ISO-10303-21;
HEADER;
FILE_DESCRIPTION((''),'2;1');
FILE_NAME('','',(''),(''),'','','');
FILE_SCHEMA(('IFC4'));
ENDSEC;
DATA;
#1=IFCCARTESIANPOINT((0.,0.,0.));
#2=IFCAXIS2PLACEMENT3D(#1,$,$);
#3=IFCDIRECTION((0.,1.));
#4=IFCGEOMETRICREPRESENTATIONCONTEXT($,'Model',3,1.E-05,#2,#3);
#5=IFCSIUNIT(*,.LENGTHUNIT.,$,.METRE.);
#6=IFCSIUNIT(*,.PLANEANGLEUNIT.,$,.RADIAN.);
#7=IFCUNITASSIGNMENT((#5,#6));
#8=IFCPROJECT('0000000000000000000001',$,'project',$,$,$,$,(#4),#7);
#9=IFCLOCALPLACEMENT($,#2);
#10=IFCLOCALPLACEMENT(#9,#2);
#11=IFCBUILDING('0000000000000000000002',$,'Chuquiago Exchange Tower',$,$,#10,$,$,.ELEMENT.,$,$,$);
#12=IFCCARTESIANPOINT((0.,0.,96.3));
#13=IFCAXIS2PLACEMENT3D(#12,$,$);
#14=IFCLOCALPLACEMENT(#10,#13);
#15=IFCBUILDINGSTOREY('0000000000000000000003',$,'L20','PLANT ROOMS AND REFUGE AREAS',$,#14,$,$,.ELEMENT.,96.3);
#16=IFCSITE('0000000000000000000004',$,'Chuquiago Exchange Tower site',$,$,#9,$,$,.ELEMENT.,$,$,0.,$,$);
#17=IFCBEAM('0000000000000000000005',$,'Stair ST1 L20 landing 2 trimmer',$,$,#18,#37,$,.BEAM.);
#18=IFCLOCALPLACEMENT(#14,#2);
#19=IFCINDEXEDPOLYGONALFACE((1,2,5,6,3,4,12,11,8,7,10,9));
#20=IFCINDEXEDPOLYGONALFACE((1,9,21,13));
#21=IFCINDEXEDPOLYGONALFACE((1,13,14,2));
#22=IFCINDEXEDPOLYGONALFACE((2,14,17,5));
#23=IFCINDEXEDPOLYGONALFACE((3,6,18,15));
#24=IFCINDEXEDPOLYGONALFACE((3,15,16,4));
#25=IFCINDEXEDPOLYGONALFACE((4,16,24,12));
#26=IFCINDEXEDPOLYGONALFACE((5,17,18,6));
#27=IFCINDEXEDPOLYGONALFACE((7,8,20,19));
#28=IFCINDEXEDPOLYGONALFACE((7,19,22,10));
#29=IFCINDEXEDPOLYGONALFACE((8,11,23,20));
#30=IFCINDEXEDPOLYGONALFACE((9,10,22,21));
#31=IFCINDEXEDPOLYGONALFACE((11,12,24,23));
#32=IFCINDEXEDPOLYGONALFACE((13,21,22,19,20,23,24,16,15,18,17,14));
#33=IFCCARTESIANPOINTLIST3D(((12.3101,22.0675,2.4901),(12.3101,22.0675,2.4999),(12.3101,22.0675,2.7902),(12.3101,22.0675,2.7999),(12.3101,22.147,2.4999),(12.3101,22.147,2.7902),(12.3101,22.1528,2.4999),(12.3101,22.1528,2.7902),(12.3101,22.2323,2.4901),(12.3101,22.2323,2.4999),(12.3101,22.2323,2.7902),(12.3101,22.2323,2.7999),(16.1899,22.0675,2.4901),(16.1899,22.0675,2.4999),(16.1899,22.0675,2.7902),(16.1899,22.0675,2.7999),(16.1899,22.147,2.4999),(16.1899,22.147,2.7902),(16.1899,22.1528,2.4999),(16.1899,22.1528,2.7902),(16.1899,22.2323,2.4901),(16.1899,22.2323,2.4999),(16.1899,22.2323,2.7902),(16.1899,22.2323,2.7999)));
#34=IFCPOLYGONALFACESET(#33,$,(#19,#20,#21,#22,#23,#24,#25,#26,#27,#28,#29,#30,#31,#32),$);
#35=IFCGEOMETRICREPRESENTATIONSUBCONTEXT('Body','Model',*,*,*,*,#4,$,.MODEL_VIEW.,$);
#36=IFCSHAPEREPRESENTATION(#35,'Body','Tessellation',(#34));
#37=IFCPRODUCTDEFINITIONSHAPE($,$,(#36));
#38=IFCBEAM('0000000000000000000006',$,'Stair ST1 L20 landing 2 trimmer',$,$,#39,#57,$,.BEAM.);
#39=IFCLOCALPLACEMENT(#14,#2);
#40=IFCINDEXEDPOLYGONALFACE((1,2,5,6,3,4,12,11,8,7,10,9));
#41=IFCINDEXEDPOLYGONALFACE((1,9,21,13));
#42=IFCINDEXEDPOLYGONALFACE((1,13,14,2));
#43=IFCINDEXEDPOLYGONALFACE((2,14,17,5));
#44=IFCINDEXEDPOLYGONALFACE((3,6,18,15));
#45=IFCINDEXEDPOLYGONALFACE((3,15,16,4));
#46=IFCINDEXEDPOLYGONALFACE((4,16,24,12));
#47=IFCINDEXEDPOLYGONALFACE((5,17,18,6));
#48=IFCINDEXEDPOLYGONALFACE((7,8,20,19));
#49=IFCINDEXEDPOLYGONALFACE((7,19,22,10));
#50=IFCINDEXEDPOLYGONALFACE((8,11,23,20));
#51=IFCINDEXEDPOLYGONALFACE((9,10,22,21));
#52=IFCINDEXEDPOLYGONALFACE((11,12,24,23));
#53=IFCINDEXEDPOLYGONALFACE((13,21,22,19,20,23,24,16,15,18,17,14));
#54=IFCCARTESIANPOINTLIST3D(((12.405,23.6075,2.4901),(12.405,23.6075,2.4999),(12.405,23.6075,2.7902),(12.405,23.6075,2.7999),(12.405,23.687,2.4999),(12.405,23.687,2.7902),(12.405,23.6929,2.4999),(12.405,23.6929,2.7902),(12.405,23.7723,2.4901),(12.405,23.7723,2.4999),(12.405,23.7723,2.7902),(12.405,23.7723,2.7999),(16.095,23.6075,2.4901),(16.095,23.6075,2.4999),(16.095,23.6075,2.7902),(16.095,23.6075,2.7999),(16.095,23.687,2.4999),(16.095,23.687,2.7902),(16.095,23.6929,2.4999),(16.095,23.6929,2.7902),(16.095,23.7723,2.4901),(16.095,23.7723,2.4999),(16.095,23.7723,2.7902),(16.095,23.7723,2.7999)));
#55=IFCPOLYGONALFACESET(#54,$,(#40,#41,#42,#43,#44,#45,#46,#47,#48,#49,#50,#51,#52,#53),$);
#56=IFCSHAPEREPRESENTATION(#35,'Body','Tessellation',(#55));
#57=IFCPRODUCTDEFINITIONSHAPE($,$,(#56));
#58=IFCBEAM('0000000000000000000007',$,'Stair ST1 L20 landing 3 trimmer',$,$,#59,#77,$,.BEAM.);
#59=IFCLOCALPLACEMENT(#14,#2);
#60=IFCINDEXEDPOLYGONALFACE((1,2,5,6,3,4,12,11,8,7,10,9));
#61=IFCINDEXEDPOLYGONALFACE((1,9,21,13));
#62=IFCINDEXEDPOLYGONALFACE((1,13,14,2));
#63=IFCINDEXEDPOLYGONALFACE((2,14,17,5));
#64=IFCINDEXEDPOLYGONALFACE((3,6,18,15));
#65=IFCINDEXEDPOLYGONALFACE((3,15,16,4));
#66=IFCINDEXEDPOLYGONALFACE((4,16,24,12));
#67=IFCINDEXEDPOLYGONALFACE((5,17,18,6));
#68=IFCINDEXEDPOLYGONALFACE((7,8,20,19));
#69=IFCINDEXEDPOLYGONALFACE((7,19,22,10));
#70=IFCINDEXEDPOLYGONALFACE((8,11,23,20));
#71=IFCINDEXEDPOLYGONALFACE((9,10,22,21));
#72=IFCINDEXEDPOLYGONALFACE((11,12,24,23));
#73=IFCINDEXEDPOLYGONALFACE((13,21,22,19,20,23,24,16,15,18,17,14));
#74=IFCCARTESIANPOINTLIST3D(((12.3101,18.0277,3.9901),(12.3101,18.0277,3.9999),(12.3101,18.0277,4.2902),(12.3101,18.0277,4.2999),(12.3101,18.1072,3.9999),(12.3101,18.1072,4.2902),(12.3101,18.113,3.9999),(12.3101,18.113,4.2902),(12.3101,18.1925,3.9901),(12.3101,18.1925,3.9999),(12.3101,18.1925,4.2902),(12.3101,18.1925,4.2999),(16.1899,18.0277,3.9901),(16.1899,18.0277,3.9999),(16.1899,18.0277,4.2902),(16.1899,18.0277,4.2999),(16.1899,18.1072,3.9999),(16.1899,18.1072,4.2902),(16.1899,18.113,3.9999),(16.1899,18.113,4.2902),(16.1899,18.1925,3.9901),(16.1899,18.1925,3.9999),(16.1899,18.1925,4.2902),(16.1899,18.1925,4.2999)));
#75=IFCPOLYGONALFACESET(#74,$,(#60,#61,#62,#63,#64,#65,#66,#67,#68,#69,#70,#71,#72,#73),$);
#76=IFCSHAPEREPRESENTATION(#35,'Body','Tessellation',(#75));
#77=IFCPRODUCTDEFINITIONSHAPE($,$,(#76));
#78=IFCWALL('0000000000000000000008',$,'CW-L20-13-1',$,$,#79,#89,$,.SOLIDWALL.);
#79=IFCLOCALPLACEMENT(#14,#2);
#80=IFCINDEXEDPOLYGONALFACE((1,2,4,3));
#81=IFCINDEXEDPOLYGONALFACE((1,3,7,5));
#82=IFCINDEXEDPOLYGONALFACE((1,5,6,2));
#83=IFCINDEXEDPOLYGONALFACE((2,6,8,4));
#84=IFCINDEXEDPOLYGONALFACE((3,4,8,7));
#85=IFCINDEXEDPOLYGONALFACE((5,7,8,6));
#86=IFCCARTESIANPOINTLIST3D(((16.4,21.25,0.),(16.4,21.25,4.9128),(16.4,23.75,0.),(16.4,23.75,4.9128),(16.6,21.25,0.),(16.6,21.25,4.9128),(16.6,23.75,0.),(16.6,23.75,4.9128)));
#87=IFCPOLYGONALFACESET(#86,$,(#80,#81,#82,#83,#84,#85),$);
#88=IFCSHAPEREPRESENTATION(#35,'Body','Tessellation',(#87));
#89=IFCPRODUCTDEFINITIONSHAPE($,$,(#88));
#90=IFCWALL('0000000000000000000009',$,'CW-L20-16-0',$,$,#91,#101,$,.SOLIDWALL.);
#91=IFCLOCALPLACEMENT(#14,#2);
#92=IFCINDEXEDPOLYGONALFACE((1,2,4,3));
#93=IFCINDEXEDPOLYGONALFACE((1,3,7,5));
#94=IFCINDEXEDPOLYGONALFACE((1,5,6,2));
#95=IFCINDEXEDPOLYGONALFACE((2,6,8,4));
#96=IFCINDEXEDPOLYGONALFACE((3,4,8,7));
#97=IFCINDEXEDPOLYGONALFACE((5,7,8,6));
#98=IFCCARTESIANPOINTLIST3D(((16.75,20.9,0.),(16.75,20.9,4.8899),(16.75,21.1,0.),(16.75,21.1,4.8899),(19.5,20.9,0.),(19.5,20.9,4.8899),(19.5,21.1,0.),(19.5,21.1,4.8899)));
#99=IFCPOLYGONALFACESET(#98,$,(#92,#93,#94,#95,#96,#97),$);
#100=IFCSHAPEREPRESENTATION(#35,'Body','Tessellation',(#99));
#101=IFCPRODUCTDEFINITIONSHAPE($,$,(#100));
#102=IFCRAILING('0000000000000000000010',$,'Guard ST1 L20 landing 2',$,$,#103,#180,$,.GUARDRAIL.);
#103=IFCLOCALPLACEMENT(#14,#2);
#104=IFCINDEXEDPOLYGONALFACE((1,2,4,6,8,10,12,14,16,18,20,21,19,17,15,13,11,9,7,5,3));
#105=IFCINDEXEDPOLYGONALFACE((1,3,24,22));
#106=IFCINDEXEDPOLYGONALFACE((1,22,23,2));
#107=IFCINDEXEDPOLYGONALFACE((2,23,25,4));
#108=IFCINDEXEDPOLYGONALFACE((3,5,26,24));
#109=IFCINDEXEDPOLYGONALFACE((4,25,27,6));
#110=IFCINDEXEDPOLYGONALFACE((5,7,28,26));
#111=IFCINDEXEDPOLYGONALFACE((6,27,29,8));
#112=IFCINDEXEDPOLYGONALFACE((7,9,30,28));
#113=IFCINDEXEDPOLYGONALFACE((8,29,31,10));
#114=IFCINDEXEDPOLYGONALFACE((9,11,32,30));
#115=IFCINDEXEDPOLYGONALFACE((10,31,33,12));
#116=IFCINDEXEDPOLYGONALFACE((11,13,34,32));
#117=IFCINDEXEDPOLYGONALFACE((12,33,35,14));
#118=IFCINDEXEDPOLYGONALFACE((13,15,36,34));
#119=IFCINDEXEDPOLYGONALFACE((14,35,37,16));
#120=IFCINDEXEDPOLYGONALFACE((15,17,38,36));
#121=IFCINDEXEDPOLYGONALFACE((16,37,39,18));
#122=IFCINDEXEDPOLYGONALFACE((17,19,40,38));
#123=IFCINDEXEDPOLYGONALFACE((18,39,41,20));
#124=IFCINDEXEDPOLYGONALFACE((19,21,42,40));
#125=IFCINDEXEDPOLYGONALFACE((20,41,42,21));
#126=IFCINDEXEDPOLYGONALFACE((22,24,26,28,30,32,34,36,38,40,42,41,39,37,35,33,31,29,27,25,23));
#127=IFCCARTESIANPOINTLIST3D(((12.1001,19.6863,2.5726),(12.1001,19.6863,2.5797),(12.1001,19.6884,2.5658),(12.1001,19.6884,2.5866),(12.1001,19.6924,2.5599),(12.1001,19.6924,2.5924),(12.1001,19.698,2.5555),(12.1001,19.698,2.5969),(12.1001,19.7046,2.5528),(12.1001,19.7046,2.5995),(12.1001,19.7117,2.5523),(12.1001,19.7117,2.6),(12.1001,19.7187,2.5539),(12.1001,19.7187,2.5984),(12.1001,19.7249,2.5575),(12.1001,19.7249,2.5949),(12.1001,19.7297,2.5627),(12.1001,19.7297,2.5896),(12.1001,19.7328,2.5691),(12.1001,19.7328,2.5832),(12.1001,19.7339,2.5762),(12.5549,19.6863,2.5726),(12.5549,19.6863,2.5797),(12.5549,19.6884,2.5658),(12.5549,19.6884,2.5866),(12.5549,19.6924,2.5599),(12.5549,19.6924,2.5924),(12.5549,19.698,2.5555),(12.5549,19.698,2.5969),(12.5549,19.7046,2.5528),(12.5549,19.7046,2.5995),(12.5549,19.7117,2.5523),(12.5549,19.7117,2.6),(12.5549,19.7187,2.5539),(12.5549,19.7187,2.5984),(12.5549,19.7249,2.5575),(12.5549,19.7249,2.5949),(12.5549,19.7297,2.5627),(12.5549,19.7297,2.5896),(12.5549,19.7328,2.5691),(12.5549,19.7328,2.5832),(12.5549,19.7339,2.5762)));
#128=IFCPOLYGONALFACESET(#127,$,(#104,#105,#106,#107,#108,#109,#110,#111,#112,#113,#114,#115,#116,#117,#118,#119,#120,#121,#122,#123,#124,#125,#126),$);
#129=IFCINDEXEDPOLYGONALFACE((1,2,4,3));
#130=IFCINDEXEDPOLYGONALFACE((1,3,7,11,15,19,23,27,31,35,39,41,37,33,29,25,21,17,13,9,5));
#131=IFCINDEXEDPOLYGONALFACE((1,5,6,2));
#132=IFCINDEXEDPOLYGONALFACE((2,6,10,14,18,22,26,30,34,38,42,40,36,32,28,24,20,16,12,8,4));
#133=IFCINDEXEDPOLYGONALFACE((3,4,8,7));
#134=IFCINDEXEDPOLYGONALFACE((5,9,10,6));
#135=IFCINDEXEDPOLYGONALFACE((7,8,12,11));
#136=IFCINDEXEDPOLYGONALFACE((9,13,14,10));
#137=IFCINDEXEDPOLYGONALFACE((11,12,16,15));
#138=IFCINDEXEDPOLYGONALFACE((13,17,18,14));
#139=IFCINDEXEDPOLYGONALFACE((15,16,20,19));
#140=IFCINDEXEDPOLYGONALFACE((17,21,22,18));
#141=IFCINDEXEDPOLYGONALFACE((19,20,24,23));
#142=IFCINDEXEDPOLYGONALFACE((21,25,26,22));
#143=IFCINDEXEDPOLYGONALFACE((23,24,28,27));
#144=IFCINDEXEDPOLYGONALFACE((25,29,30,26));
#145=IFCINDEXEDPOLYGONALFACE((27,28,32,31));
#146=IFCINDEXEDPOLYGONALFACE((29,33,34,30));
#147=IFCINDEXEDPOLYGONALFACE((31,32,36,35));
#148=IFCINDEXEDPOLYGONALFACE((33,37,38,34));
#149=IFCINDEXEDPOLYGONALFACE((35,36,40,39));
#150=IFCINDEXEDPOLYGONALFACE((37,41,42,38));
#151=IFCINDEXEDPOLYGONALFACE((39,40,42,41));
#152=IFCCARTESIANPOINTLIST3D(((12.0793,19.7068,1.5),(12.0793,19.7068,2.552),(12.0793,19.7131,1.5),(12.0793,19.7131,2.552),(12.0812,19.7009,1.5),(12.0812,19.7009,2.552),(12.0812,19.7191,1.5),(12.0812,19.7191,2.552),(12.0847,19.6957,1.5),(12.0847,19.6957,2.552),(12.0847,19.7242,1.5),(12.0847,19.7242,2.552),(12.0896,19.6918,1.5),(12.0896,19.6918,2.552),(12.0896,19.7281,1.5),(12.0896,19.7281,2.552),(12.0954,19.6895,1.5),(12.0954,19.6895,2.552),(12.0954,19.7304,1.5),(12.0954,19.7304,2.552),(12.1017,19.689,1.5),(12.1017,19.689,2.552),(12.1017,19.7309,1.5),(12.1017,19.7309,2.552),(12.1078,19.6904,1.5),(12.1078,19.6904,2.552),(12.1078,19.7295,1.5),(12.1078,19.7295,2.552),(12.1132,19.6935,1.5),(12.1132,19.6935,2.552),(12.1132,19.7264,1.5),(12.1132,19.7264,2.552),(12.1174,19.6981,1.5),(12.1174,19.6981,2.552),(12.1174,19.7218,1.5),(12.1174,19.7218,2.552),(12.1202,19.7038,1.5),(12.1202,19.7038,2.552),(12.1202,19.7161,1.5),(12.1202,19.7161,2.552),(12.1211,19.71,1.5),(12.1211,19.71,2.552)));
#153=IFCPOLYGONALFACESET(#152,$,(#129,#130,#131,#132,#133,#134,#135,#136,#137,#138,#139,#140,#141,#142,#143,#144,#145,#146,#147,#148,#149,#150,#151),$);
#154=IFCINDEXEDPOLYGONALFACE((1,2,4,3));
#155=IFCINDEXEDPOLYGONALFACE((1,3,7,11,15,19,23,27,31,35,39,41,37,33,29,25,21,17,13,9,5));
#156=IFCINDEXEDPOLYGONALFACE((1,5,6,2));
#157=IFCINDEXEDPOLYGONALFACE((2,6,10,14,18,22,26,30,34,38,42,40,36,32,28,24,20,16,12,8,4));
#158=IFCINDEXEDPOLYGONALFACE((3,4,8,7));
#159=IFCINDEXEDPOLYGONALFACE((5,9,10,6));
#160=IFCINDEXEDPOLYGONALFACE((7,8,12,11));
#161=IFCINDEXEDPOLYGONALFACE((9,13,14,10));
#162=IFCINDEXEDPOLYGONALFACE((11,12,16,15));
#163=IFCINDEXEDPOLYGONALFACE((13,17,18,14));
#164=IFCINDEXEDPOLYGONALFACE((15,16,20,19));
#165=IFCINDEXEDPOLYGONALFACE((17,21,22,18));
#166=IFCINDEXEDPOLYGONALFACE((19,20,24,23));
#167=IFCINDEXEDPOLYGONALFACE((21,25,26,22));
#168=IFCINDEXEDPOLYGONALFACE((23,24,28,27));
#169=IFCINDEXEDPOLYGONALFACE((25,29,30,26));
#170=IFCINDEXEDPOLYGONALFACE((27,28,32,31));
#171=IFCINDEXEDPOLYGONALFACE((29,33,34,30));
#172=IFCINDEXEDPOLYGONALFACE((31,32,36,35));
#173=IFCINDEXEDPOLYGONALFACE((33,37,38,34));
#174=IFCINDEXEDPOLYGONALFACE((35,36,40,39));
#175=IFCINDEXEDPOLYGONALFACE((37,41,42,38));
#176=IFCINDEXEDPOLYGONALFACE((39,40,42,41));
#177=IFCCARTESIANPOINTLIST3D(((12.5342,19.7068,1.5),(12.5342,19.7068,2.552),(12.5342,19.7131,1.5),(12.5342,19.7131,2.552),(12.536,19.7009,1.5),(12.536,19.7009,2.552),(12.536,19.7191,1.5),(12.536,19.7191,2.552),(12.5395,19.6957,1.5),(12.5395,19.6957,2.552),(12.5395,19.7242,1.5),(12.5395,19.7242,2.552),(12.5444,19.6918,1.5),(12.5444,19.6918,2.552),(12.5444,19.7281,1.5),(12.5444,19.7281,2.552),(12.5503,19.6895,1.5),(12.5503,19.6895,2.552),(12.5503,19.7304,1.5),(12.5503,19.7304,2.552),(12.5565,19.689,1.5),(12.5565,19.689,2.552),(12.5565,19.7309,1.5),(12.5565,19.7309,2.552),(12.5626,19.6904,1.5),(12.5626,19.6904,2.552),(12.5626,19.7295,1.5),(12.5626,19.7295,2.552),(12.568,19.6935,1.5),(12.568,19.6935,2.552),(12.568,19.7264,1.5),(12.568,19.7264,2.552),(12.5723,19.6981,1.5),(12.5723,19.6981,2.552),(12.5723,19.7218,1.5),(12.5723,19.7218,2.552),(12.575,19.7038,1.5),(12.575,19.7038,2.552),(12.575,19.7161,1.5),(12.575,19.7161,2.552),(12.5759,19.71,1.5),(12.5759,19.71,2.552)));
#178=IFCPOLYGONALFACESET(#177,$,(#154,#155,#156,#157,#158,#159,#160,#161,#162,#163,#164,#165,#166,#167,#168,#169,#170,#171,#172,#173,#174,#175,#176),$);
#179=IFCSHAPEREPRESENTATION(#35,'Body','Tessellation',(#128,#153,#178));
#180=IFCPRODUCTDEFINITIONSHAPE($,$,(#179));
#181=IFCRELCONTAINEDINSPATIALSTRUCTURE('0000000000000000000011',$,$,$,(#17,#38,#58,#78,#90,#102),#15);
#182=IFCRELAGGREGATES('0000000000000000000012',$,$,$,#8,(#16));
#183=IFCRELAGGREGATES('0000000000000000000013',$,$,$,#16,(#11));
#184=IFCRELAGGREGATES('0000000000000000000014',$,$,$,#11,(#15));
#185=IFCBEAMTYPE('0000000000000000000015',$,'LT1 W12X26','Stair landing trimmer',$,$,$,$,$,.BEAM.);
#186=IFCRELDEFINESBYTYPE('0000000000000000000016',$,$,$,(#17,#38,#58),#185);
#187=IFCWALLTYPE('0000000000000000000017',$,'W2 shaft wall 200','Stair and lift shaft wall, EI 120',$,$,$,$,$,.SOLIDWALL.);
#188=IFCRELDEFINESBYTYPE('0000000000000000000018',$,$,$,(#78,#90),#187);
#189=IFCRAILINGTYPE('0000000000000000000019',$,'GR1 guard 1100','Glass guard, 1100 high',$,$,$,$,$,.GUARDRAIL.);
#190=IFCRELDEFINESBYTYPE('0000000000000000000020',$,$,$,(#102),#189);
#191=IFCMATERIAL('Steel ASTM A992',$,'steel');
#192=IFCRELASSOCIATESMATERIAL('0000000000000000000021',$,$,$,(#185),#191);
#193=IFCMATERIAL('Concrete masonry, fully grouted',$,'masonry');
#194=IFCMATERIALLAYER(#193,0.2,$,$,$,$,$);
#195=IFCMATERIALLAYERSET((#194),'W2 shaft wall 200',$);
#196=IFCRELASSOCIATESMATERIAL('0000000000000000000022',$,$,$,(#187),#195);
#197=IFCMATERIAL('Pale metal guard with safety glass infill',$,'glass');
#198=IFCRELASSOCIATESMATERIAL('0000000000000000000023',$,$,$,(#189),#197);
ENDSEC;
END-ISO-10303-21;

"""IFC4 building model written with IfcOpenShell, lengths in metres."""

from ifc_helpers import new_model, si_unit, direction, frame, frame_2d, origin, origin_2d, place, context, subcontext, project, spatial, rectangle, circle, i_section, extrude, material, layer, layer_set, material_profile, profile_set, type_object, element, save


model = new_model("IFC4")

# Units and contexts
model_context = context("Model", 3, precision=1e-05, world=origin(), true_north=direction((0.0, 1.0)))
body_context = subcontext(model_context, "Body", "Model", "MODEL_VIEW")
ifc_project = project(units=[si_unit("LENGTHUNIT", "METRE"), si_unit("PLANEANGLEUNIT", "RADIAN")], contexts=[model_context])

# Site, building, storey
site_placement = place(None, origin())
site = spatial("IfcSite", under=ifc_project, at=site_placement, Name="Chuquiago Exchange Tower site", CompositionType="ELEMENT", RefElevation=0.0)
building_placement = place(site_placement, origin())
building = spatial("IfcBuilding", under=site, at=building_placement, Name="Chuquiago Exchange Tower", CompositionType="ELEMENT")
storey_placement = place(building_placement, frame((0.0, 0.0, 96.3)))
storey = spatial("IfcBuildingStorey", under=building, at=storey_placement, Name="L20", Description="PLANT ROOMS AND REFUGE AREAS", CompositionType="ELEMENT", Elevation=96.3)

# Beams
ifc_material_1 = material(Name="Steel ASTM A992", Category="steel")
ifc_material_profile_1 = material_profile(ifc_material_1, i_section(OverallWidth=0.1648, OverallDepth=0.3098, WebThickness=0.0059, FlangeThickness=0.0098, at=origin_2d()), Name="W12X26")
ifc_profile_set_1 = profile_set([ifc_material_profile_1], Name="Steel ASTM A992")
beam_type_1 = type_object("IfcBeamType", Name="LT1 W12X26", Description="Stair landing trimmer", PredefinedType="BEAM", material=ifc_profile_set_1)
beam_1_placement = place(storey_placement, frame((12.3101, 22.1499, 2.645), z_axis=(1.0, 0.0, 0.0), x_axis=(0.0, 1.0, 0.0)))
element("IfcBeam", 1, at=beam_1_placement, inside=storey, type_object=beam_type_1, Name="Stair ST1 L20 landing 2 trimmer", PredefinedType="BEAM", context=body_context, shape_type="SweptSolid", body=[
    extrude(i_section(OverallWidth=0.1648, OverallDepth=0.3098, WebThickness=0.0059, FlangeThickness=0.0098, at=origin_2d()), origin(), (0.0, 0.0, 1.0), 3.8799),
])
beam_2_placement = place(storey_placement, frame((12.405, 23.6899, 2.645), z_axis=(1.0, 0.0, 0.0), x_axis=(0.0, 1.0, 0.0)))
element("IfcBeam", 2, at=beam_2_placement, inside=storey, type_object=beam_type_1, Name="Stair ST1 L20 landing 2 trimmer", PredefinedType="BEAM", context=body_context, shape_type="SweptSolid", body=[
    extrude(i_section(OverallWidth=0.1648, OverallDepth=0.3098, WebThickness=0.0059, FlangeThickness=0.0098, at=origin_2d()), origin(), (0.0, 0.0, 1.0), 3.6899),
])
beam_3_placement = place(storey_placement, frame((12.3101, 18.1101, 4.145), z_axis=(1.0, 0.0, 0.0), x_axis=(0.0, 1.0, 0.0)))
element("IfcBeam", 3, at=beam_3_placement, inside=storey, type_object=beam_type_1, Name="Stair ST1 L20 landing 3 trimmer", PredefinedType="BEAM", context=body_context, shape_type="SweptSolid", body=[
    extrude(i_section(OverallWidth=0.1648, OverallDepth=0.3098, WebThickness=0.0059, FlangeThickness=0.0098, at=origin_2d()), origin(), (0.0, 0.0, 1.0), 3.8799),
])

# Walls
ifc_material_2 = material(Name="Concrete masonry, fully grouted", Category="masonry")
ifc_layer = layer(ifc_material_2, 0.2)
ifc_layer_set = layer_set([ifc_layer], Name="W2 shaft wall 200")
wall_type = type_object("IfcWallType", Name="W2 shaft wall 200", Description="Stair and lift shaft wall, EI 120", PredefinedType="SOLIDWALL", material=ifc_layer_set)
wall_1_placement = place(storey_placement, frame((16.5, 21.25, 0.0), z_axis=(0.0, 0.0, 1.0), x_axis=(0.0, 1.0, 0.0)))
element("IfcWall", 4, at=wall_1_placement, inside=storey, type_object=wall_type, Name="CW-L20-13-1", PredefinedType="SOLIDWALL", context=body_context, shape_type="SweptSolid", body=[
    extrude(rectangle(XDim=2.5, YDim=0.2, at=frame_2d((1.25, 0.0))), origin(), (0.0, 0.0, 1.0), 4.9128),
])
wall_2_placement = place(storey_placement, frame((16.75, 21.0, 0.0), z_axis=(0.0, 0.0, 1.0), x_axis=(1.0, 0.0, 0.0)))
element("IfcWall", 5, at=wall_2_placement, inside=storey, type_object=wall_type, Name="CW-L20-16-0", PredefinedType="SOLIDWALL", context=body_context, shape_type="SweptSolid", body=[
    extrude(rectangle(XDim=2.75, YDim=0.2, at=frame_2d((1.375, 0.0))), origin(), (0.0, 0.0, 1.0), 4.8899),
])

# Railing
ifc_material_3 = material(Name="Pale metal guard with safety glass infill", Category="glass")
railing_type_1 = type_object("IfcRailingType", Name="GR1 guard 1100", Description="Glass guard, 1100 high", PredefinedType="GUARDRAIL", material=ifc_material_3)
for number, where, name in (
    (6, (12.1001, 19.71, 1.5), "Guard ST1 L20 landing 2"),
):
    element("IfcRailing", number, at=place(storey_placement, frame(where)), inside=storey, type_object=railing_type_1, Name=name, PredefinedType="GUARDRAIL", context=body_context, shape_type="SweptSolid", body=[
        extrude(circle(Radius=0.0239, at=origin_2d()), frame((0.0, 0.0, 1.0762), z_axis=(1.0, 0.0, 0.0), x_axis=(0.0, 1.0, 0.0)), (0.0, 0.0, 1.0), 0.4548),
        extrude(circle(Radius=0.021, at=origin_2d()), origin(), (0.0, 0.0, 1.0), 1.052),
        extrude(circle(Radius=0.021, at=origin_2d()), frame((0.4548, 0.0, 0.0)), (0.0, 0.0, 1.0), 1.052),
    ])

save(model, "model.ifc")
